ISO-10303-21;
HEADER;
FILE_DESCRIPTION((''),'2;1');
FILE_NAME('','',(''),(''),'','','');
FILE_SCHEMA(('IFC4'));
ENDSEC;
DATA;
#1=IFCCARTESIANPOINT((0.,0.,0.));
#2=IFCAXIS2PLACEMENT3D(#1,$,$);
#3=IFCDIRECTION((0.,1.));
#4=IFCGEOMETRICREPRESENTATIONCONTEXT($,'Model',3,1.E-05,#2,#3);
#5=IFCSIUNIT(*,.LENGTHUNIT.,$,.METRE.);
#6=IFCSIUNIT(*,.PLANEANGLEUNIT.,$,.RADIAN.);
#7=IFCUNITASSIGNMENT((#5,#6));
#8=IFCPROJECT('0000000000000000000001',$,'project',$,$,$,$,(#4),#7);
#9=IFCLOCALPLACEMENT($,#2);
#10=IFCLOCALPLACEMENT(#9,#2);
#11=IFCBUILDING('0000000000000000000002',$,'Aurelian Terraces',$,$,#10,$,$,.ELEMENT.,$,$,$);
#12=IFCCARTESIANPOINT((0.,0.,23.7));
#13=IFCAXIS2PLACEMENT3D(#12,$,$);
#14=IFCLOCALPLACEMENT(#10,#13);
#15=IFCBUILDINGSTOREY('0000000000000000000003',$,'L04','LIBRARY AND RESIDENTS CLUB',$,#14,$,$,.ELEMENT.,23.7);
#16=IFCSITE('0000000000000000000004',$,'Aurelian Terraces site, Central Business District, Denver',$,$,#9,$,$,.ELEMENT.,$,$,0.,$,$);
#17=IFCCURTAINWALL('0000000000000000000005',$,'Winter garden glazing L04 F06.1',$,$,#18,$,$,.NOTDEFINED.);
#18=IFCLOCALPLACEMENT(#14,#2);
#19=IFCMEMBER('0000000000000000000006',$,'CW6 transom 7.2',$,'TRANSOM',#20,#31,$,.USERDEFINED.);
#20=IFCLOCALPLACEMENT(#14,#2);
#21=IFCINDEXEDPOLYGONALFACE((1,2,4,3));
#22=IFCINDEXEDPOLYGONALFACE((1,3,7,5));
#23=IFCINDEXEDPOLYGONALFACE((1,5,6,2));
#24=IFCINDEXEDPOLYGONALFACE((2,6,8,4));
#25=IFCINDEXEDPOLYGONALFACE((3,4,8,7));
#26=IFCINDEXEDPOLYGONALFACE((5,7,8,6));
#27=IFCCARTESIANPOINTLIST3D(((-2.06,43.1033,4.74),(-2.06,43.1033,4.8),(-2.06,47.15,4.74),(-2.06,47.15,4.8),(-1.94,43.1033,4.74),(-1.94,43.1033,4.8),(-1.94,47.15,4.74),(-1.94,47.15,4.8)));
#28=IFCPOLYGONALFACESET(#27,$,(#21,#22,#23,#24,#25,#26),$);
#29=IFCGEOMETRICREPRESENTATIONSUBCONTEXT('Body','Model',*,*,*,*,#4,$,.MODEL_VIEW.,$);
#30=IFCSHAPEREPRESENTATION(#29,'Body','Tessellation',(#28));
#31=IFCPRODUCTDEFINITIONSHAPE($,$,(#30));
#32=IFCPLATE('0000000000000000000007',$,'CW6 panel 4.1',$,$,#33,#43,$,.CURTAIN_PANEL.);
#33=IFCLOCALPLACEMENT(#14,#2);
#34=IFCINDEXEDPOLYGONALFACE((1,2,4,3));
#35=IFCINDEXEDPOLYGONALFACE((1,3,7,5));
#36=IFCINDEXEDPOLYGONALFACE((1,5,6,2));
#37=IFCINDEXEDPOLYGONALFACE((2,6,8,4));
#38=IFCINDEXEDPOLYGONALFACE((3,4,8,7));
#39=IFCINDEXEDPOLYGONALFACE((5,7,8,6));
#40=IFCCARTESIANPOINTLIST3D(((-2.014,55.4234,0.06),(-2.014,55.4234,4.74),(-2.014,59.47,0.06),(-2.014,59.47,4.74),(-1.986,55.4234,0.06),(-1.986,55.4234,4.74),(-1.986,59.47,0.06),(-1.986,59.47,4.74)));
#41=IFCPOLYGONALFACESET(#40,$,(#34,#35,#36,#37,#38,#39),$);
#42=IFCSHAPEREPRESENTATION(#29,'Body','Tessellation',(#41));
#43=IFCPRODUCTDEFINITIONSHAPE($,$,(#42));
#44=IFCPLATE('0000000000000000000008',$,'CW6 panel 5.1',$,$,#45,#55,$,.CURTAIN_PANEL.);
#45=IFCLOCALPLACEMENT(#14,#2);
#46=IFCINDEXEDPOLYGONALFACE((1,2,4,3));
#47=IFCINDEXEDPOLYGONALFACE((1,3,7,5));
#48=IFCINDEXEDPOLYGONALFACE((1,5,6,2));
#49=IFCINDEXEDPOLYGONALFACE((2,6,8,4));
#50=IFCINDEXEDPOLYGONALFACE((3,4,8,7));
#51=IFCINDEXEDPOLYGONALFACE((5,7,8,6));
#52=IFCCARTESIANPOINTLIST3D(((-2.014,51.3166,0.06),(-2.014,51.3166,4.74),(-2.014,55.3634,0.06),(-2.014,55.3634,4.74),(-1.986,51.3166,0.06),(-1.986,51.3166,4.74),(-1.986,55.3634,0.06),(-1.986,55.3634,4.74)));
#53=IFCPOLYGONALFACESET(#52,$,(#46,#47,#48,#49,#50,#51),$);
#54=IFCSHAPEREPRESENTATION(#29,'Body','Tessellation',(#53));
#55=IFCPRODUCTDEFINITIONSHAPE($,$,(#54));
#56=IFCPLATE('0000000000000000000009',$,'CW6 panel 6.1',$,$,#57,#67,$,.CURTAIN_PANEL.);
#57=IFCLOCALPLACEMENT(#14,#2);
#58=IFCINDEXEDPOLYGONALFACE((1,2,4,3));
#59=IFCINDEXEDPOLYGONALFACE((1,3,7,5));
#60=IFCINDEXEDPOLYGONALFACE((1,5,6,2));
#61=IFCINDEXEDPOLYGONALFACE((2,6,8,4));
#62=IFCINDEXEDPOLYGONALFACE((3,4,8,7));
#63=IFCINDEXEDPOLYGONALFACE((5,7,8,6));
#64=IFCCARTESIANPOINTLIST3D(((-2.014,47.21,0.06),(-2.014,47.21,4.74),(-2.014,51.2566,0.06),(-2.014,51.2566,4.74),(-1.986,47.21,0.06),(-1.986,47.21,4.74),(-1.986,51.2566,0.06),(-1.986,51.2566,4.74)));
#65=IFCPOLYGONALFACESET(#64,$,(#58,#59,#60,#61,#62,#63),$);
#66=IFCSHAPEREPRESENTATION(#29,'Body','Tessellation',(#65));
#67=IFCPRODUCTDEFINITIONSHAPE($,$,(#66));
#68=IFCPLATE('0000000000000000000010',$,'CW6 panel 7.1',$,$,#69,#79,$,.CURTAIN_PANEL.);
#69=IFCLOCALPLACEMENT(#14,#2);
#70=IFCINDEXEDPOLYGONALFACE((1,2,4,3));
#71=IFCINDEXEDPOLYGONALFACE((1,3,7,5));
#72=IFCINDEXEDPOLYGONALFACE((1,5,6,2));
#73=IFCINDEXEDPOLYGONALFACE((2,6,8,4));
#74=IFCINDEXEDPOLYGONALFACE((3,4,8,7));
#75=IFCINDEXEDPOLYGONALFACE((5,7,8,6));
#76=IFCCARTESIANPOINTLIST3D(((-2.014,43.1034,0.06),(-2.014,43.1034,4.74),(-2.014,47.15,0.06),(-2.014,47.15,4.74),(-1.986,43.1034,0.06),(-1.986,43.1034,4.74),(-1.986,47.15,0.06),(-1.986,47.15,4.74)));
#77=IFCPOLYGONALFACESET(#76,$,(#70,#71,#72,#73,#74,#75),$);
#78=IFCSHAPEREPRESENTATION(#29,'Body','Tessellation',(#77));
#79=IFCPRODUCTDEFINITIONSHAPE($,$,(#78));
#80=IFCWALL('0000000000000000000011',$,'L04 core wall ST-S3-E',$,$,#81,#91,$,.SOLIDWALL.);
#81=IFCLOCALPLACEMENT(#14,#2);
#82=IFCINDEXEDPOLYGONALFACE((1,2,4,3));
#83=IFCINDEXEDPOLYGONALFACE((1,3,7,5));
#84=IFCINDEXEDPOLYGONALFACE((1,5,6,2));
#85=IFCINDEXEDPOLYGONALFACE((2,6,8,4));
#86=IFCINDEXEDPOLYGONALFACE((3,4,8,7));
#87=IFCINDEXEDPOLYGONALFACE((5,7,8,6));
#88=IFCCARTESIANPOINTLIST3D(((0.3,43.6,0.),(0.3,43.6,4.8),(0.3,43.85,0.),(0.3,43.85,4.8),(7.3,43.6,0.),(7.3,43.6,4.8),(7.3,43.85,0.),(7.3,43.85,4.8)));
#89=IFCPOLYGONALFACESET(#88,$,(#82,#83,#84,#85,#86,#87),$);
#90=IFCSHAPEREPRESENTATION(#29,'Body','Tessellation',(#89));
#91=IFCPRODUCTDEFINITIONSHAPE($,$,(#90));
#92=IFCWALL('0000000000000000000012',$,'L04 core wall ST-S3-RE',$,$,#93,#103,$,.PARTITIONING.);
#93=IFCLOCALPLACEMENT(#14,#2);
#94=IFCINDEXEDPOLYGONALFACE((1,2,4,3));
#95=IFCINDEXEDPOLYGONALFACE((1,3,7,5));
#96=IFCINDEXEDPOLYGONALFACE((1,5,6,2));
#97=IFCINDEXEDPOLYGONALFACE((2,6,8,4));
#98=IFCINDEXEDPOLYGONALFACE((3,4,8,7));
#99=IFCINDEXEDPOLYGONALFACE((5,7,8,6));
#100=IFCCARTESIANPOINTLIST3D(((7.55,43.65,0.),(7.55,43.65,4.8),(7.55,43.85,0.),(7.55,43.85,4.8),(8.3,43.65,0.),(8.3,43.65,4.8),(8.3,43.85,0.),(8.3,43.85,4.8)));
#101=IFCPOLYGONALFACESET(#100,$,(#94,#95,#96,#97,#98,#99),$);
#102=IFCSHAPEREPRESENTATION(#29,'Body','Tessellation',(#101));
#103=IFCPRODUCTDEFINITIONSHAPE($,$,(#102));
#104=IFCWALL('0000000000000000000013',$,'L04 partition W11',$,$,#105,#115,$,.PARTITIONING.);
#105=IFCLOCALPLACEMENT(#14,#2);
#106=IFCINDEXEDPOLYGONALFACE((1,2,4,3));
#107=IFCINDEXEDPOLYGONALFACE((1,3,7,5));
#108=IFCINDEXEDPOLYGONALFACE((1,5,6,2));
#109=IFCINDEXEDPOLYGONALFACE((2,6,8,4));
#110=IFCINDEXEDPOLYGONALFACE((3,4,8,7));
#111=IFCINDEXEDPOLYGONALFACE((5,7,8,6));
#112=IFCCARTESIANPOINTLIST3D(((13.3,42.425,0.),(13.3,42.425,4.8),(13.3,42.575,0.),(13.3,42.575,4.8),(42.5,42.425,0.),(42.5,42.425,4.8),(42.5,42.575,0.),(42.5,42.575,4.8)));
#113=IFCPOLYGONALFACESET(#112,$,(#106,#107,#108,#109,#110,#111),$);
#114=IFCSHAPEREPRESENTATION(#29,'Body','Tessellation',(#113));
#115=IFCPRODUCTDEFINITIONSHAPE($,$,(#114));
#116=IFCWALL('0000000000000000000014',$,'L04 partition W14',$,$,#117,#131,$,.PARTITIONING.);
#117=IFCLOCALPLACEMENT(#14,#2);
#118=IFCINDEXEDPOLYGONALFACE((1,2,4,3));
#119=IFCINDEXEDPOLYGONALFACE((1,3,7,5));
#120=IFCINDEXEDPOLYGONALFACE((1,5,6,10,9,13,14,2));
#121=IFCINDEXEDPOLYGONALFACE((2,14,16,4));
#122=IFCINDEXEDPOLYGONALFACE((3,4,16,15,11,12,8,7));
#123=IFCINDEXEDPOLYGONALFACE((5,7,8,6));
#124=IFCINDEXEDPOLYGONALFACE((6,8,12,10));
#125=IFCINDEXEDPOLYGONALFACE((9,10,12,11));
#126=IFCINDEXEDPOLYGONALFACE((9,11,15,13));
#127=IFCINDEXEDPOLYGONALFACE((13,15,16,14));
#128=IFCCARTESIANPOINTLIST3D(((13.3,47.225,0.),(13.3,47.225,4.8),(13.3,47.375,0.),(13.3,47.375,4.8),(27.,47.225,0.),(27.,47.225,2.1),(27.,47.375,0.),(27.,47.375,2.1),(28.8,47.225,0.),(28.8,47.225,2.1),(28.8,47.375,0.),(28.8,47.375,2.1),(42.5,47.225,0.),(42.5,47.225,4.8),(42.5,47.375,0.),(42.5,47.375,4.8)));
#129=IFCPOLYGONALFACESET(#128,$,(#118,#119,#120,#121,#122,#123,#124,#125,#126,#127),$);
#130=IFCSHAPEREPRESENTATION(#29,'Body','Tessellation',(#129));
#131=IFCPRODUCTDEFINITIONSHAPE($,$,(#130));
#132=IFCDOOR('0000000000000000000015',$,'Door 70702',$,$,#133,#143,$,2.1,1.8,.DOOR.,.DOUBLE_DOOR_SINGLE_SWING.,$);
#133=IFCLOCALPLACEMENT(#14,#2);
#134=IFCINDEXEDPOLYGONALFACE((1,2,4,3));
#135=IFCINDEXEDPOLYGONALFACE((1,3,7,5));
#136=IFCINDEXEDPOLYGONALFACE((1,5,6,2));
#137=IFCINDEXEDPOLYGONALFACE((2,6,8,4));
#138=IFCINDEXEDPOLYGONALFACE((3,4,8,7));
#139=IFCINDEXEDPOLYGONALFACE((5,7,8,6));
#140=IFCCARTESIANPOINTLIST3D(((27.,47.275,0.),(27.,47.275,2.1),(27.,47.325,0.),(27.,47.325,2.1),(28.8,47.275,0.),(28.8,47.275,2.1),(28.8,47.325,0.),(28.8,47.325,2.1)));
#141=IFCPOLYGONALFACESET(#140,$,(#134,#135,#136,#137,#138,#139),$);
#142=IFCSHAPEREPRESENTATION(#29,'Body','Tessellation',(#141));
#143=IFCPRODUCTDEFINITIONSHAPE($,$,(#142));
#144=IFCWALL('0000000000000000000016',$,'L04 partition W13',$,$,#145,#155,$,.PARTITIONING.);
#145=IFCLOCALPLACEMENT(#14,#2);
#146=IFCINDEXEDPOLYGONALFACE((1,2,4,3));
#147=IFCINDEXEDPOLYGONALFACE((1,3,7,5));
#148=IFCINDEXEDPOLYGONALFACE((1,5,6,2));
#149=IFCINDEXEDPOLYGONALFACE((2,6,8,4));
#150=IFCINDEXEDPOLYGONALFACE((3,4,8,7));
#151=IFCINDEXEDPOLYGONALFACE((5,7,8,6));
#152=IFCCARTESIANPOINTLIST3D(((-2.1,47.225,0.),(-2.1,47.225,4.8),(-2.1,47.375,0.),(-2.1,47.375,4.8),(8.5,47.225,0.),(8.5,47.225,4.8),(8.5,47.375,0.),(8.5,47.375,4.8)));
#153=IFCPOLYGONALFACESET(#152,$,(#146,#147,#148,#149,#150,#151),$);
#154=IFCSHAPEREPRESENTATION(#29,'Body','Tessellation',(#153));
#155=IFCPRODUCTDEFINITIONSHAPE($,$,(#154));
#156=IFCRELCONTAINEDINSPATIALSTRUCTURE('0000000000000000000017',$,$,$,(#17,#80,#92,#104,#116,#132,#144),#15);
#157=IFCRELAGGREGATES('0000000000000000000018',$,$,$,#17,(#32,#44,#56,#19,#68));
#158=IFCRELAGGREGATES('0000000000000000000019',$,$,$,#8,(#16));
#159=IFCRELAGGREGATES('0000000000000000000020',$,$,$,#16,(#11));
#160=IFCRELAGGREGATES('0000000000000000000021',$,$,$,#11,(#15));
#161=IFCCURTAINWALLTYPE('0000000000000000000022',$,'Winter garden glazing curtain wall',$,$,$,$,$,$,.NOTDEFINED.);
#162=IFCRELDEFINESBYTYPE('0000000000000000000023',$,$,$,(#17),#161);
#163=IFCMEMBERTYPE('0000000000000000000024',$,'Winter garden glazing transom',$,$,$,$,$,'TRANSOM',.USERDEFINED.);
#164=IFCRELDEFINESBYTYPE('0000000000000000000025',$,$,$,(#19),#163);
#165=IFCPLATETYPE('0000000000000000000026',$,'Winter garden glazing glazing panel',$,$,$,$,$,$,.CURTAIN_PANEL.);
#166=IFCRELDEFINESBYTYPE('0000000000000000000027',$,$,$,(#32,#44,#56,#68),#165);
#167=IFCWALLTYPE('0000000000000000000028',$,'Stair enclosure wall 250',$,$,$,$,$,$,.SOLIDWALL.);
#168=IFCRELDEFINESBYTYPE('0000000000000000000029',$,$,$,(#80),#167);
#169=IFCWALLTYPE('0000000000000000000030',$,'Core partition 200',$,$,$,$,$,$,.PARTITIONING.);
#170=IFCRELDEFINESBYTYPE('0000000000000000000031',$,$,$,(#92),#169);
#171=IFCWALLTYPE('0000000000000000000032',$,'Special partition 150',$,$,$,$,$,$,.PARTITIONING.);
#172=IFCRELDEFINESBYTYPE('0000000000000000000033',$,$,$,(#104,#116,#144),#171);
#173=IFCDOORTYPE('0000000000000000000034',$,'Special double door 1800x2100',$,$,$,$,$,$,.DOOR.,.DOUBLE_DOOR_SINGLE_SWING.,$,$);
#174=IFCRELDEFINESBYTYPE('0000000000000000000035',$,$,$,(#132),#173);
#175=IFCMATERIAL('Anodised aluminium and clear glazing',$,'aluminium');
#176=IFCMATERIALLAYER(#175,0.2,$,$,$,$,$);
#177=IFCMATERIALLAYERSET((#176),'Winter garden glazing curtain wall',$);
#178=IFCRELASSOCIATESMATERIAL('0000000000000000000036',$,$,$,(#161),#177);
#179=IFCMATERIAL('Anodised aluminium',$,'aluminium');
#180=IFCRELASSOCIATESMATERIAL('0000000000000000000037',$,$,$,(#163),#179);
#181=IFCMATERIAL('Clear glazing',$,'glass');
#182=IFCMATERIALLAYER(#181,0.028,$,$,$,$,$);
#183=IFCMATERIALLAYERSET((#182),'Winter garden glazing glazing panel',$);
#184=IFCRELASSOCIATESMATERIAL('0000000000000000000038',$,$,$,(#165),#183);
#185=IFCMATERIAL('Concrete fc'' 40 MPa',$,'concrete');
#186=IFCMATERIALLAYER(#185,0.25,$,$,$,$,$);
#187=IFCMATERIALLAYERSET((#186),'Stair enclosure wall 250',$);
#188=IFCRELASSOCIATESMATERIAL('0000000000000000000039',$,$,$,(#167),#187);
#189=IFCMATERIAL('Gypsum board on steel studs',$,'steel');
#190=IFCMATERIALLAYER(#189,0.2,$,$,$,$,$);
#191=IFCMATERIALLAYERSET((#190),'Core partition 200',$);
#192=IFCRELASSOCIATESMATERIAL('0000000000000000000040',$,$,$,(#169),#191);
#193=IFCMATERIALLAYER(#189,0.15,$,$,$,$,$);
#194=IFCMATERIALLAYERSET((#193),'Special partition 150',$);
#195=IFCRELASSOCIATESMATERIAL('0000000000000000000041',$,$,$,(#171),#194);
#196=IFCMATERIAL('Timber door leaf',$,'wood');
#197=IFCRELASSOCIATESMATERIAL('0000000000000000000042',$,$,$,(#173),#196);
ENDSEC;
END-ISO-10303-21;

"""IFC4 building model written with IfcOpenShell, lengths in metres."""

from ifc_helpers import new_model, si_unit, direction, frame, frame_2d, origin, origin_2d, place, context, subcontext, project, spatial, rectangle, extrude, source, transform, mapped, material, layer, layer_set, material_profile, profile_set, type_object, element, fill, aggregate, save


model = new_model("IFC4")

# Units and contexts
model_context = context("Model", 3, precision=1e-05, world=origin(), true_north=direction((0.0, 1.0)))
body_context = subcontext(model_context, "Body", "Model", "MODEL_VIEW")
ifc_project = project(units=[si_unit("LENGTHUNIT", "METRE"), si_unit("PLANEANGLEUNIT", "RADIAN")], contexts=[model_context])

# Site, building, storey
site_placement = place(None, origin())
site = spatial("IfcSite", under=ifc_project, at=site_placement, Name="Aurelian Terraces site, Central Business District, Denver", CompositionType="ELEMENT", RefElevation=0.0)
building_placement = place(site_placement, origin())
building = spatial("IfcBuilding", under=site, at=building_placement, Name="Aurelian Terraces", CompositionType="ELEMENT")
storey_placement = place(building_placement, frame((0.0, 0.0, 23.7)))
storey = spatial("IfcBuildingStorey", under=building, at=storey_placement, Name="L04", Description="LIBRARY AND RESIDENTS CLUB", CompositionType="ELEMENT", Elevation=23.7)

# Curtain wall, member, plates
ifc_material_1 = material(Name="Anodised aluminium and clear glazing", Category="aluminium")
ifc_layer_1 = layer(ifc_material_1, 0.2)
ifc_layer_set_1 = layer_set([ifc_layer_1], Name="Winter garden glazing curtain wall")
curtain_wall_type = type_object("IfcCurtainWallType", Name="Winter garden glazing curtain wall", PredefinedType="NOTDEFINED", material=ifc_layer_set_1)
curtain_wall_placement = place(storey_placement, origin())
curtain_wall = element("IfcCurtainWall", 1, at=curtain_wall_placement, inside=storey, type_object=curtain_wall_type, Name="Winter garden glazing L04 F06.1", PredefinedType="NOTDEFINED")
ifc_material_2 = material(Name="Anodised aluminium", Category="aluminium")
ifc_material_profile_1 = material_profile(ifc_material_2, rectangle(XDim=0.12, YDim=0.06, at=origin_2d()))
ifc_profile_set_1 = profile_set([ifc_material_profile_1], Name="Anodised aluminium")
member_type_1 = type_object("IfcMemberType", Name="Winter garden glazing transom", ElementType="TRANSOM", PredefinedType="USERDEFINED", material=ifc_profile_set_1)
shared_shape_1 = source(origin(), body_context, "Body", "SweptSolid", [
    extrude(rectangle(XDim=0.12, YDim=0.06, at=origin_2d()), origin(), (0.0, 0.0, 1.0), 4.0467),
])
member_1_placement = place(storey_placement, frame((-2.0, 47.15, 4.77), z_axis=(0.0, -1.0, 0.0), x_axis=(1.0, 0.0, 0.0)))
member_1 = element("IfcMember", 2, at=member_1_placement, type_object=member_type_1, Name="CW6 transom 7.2", ObjectType="TRANSOM", PredefinedType="USERDEFINED", context=body_context, shape_type="MappedRepresentation", body=[
    mapped(shared_shape_1, transform((0.0, 0.0, 0.0), scale=1.0)),
])
ifc_material_3 = material(Name="Clear glazing", Category="glass")
ifc_layer_2 = layer(ifc_material_3, 0.028)
ifc_layer_set_2 = layer_set([ifc_layer_2], Name="Winter garden glazing glazing panel")
plate_type = type_object("IfcPlateType", Name="Winter garden glazing glazing panel", PredefinedType="CURTAIN_PANEL", material=ifc_layer_set_2)
shared_shape_2 = source(origin(), body_context, "Body", "SweptSolid", [
    extrude(rectangle(XDim=4.0467, YDim=0.028, at=origin_2d()), origin(), (0.0, 0.0, 1.0), 4.68),
])
plate_1_placement = place(storey_placement, frame((-2.0, 57.4467, 0.06), z_axis=(0.0, 0.0, 1.0), x_axis=(0.0, -1.0, 0.0)))
plate_1 = element("IfcPlate", 3, at=plate_1_placement, type_object=plate_type, Name="CW6 panel 4.1", PredefinedType="CURTAIN_PANEL", context=body_context, shape_type="MappedRepresentation", body=[
    mapped(shared_shape_2, transform((0.0, 0.0, 0.0), scale=1.0)),
])
plate_2_placement = place(storey_placement, frame((-2.0, 53.34, 0.06), z_axis=(0.0, 0.0, 1.0), x_axis=(0.0, -1.0, 0.0)))
plate_2 = element("IfcPlate", 4, at=plate_2_placement, type_object=plate_type, Name="CW6 panel 5.1", PredefinedType="CURTAIN_PANEL", context=body_context, shape_type="MappedRepresentation", body=[
    mapped(shared_shape_2, transform((0.0, 0.0, 0.0), scale=1.0)),
])
plate_3_placement = place(storey_placement, frame((-2.0, 49.2333, 0.06), z_axis=(0.0, 0.0, 1.0), x_axis=(0.0, -1.0, 0.0)))
plate_3 = element("IfcPlate", 5, at=plate_3_placement, type_object=plate_type, Name="CW6 panel 6.1", PredefinedType="CURTAIN_PANEL", context=body_context, shape_type="MappedRepresentation", body=[
    mapped(shared_shape_2, transform((0.0, 0.0, 0.0), scale=1.0)),
])
plate_4_placement = place(storey_placement, frame((-2.0, 45.1267, 0.06), z_axis=(0.0, 0.0, 1.0), x_axis=(0.0, -1.0, 0.0)))
plate_4 = element("IfcPlate", 6, at=plate_4_placement, type_object=plate_type, Name="CW6 panel 7.1", PredefinedType="CURTAIN_PANEL", context=body_context, shape_type="MappedRepresentation", body=[
    mapped(shared_shape_2, transform((0.0, 0.0, 0.0), scale=1.0)),
])
aggregate(curtain_wall, [plate_1, plate_2, plate_3, member_1, plate_4])

# Walls
ifc_material_4 = material(Name="Concrete fc' 40 MPa", Category="concrete")
ifc_layer_3 = layer(ifc_material_4, 0.25)
ifc_layer_set_3 = layer_set([ifc_layer_3], Name="Stair enclosure wall 250")
wall_type_1 = type_object("IfcWallType", Name="Stair enclosure wall 250", PredefinedType="SOLIDWALL", material=ifc_layer_set_3)
shared_shape_3 = source(origin(), body_context, "Body", "SweptSolid", [
    extrude(rectangle(XDim=7.0, YDim=0.25, at=frame_2d((3.5, 0.0))), origin(), (0.0, 0.0, 1.0), 4.8),
])
wall_1_placement = place(storey_placement, frame((0.3, 43.725, 0.0), z_axis=(0.0, 0.0, 1.0), x_axis=(1.0, 0.0, 0.0)))
element("IfcWall", 7, at=wall_1_placement, inside=storey, type_object=wall_type_1, Name="L04 core wall ST-S3-E", PredefinedType="SOLIDWALL", context=body_context, shape_type="MappedRepresentation", body=[
    mapped(shared_shape_3, transform((0.0, 0.0, 0.0), scale=1.0)),
])
ifc_material_5 = material(Name="Gypsum board on steel studs", Category="steel")
ifc_layer_4 = layer(ifc_material_5, 0.2)
ifc_layer_set_4 = layer_set([ifc_layer_4], Name="Core partition 200")
wall_type_2 = type_object("IfcWallType", Name="Core partition 200", PredefinedType="PARTITIONING", material=ifc_layer_set_4)
shared_shape_4 = source(origin(), body_context, "Body", "SweptSolid", [
    extrude(rectangle(XDim=0.75, YDim=0.2, at=frame_2d((0.375, 0.0))), origin(), (0.0, 0.0, 1.0), 4.8),
])
wall_2_placement = place(storey_placement, frame((7.55, 43.75, 0.0), z_axis=(0.0, 0.0, 1.0), x_axis=(1.0, 0.0, 0.0)))
element("IfcWall", 8, at=wall_2_placement, inside=storey, type_object=wall_type_2, Name="L04 core wall ST-S3-RE", PredefinedType="PARTITIONING", context=body_context, shape_type="MappedRepresentation", body=[
    mapped(shared_shape_4, transform((0.0, 0.0, 0.0), scale=1.0)),
])
ifc_layer_5 = layer(ifc_material_5, 0.15)
ifc_layer_set_5 = layer_set([ifc_layer_5], Name="Special partition 150")
wall_type_3 = type_object("IfcWallType", Name="Special partition 150", PredefinedType="PARTITIONING", material=ifc_layer_set_5)
shared_shape_5 = source(origin(), body_context, "Body", "SweptSolid", [
    extrude(rectangle(XDim=29.2, YDim=0.15, at=frame_2d((14.6, 0.0))), origin(), (0.0, 0.0, 1.0), 4.8),
])
wall_3_placement = place(storey_placement, frame((13.3, 42.5, 0.0), z_axis=(0.0, 0.0, 1.0), x_axis=(1.0, 0.0, 0.0)))
element("IfcWall", 9, at=wall_3_placement, inside=storey, type_object=wall_type_3, Name="L04 partition W11", PredefinedType="PARTITIONING", context=body_context, shape_type="MappedRepresentation", body=[
    mapped(shared_shape_5, transform((0.0, 0.0, 0.0), scale=1.0)),
])

# Wall, opening, door
wall_4_placement = place(storey_placement, frame((13.3, 47.3, 0.0), z_axis=(0.0, 0.0, 1.0), x_axis=(1.0, 0.0, 0.0)))
wall_4 = element("IfcWall", 10, at=wall_4_placement, inside=storey, type_object=wall_type_3, Name="L04 partition W14", PredefinedType="PARTITIONING", context=body_context, shape_type="MappedRepresentation", body=[
    mapped(shared_shape_5, transform((0.0, 0.0, 0.0), scale=1.0)),
])
shared_shape_6 = source(origin(), body_context, "Body", "SweptSolid", [
    extrude(rectangle(XDim=1.8, YDim=2.1, at=frame_2d((0.9, 1.05))), frame((0.0, 0.085, 0.0), z_axis=(0.0, -1.0, 0.0), x_axis=(1.0, 0.0, 0.0)), (0.0, 0.0, 1.0), 0.17),
])
opening_1_placement = place(wall_4_placement, frame((13.7, 0.0, 0.0)))
opening_1 = element("IfcOpeningElement", 11, at=opening_1_placement, cuts=wall_4, PredefinedType="OPENING", context=body_context, shape_type="MappedRepresentation", body=[
    mapped(shared_shape_6, transform((0.0, 0.0, 0.0), scale=1.0)),
])
ifc_material_6 = material(Name="Timber door leaf", Category="wood")
door_type = type_object("IfcDoorType", Name="Special double door 1800x2100", OperationType="DOUBLE_DOOR_SINGLE_SWING", PredefinedType="DOOR", material=ifc_material_6)
shared_shape_7 = source(origin(), body_context, "Body", "SweptSolid", [
    extrude(rectangle(XDim=1.8, YDim=2.1, at=frame_2d((0.9, 1.05))), frame((0.0, 0.025, 0.0), z_axis=(0.0, -1.0, 0.0), x_axis=(1.0, 0.0, 0.0)), (0.0, 0.0, 1.0), 0.05),
])
door_1_placement = place(opening_1_placement, origin())
door_1 = element("IfcDoor", 12, at=door_1_placement, inside=storey, type_object=door_type, Name="Door 70702", OperationType="DOUBLE_DOOR_SINGLE_SWING", OverallHeight=2.1, OverallWidth=1.8, PredefinedType="DOOR", context=body_context, shape_type="MappedRepresentation", body=[
    mapped(shared_shape_7, transform((0.0, 0.0, 0.0), scale=1.0)),
])
fill(opening_1, door_1)

# Wall
shared_shape_8 = source(origin(), body_context, "Body", "SweptSolid", [
    extrude(rectangle(XDim=10.6, YDim=0.15, at=frame_2d((5.3, 0.0))), origin(), (0.0, 0.0, 1.0), 4.8),
])
wall_5_placement = place(storey_placement, frame((-2.1, 47.3, 0.0), z_axis=(0.0, 0.0, 1.0), x_axis=(1.0, 0.0, 0.0)))
element("IfcWall", 13, at=wall_5_placement, inside=storey, type_object=wall_type_3, Name="L04 partition W13", PredefinedType="PARTITIONING", context=body_context, shape_type="MappedRepresentation", body=[
    mapped(shared_shape_8, transform((0.0, 0.0, 0.0), scale=1.0)),
])

save(model, "model.ifc")
